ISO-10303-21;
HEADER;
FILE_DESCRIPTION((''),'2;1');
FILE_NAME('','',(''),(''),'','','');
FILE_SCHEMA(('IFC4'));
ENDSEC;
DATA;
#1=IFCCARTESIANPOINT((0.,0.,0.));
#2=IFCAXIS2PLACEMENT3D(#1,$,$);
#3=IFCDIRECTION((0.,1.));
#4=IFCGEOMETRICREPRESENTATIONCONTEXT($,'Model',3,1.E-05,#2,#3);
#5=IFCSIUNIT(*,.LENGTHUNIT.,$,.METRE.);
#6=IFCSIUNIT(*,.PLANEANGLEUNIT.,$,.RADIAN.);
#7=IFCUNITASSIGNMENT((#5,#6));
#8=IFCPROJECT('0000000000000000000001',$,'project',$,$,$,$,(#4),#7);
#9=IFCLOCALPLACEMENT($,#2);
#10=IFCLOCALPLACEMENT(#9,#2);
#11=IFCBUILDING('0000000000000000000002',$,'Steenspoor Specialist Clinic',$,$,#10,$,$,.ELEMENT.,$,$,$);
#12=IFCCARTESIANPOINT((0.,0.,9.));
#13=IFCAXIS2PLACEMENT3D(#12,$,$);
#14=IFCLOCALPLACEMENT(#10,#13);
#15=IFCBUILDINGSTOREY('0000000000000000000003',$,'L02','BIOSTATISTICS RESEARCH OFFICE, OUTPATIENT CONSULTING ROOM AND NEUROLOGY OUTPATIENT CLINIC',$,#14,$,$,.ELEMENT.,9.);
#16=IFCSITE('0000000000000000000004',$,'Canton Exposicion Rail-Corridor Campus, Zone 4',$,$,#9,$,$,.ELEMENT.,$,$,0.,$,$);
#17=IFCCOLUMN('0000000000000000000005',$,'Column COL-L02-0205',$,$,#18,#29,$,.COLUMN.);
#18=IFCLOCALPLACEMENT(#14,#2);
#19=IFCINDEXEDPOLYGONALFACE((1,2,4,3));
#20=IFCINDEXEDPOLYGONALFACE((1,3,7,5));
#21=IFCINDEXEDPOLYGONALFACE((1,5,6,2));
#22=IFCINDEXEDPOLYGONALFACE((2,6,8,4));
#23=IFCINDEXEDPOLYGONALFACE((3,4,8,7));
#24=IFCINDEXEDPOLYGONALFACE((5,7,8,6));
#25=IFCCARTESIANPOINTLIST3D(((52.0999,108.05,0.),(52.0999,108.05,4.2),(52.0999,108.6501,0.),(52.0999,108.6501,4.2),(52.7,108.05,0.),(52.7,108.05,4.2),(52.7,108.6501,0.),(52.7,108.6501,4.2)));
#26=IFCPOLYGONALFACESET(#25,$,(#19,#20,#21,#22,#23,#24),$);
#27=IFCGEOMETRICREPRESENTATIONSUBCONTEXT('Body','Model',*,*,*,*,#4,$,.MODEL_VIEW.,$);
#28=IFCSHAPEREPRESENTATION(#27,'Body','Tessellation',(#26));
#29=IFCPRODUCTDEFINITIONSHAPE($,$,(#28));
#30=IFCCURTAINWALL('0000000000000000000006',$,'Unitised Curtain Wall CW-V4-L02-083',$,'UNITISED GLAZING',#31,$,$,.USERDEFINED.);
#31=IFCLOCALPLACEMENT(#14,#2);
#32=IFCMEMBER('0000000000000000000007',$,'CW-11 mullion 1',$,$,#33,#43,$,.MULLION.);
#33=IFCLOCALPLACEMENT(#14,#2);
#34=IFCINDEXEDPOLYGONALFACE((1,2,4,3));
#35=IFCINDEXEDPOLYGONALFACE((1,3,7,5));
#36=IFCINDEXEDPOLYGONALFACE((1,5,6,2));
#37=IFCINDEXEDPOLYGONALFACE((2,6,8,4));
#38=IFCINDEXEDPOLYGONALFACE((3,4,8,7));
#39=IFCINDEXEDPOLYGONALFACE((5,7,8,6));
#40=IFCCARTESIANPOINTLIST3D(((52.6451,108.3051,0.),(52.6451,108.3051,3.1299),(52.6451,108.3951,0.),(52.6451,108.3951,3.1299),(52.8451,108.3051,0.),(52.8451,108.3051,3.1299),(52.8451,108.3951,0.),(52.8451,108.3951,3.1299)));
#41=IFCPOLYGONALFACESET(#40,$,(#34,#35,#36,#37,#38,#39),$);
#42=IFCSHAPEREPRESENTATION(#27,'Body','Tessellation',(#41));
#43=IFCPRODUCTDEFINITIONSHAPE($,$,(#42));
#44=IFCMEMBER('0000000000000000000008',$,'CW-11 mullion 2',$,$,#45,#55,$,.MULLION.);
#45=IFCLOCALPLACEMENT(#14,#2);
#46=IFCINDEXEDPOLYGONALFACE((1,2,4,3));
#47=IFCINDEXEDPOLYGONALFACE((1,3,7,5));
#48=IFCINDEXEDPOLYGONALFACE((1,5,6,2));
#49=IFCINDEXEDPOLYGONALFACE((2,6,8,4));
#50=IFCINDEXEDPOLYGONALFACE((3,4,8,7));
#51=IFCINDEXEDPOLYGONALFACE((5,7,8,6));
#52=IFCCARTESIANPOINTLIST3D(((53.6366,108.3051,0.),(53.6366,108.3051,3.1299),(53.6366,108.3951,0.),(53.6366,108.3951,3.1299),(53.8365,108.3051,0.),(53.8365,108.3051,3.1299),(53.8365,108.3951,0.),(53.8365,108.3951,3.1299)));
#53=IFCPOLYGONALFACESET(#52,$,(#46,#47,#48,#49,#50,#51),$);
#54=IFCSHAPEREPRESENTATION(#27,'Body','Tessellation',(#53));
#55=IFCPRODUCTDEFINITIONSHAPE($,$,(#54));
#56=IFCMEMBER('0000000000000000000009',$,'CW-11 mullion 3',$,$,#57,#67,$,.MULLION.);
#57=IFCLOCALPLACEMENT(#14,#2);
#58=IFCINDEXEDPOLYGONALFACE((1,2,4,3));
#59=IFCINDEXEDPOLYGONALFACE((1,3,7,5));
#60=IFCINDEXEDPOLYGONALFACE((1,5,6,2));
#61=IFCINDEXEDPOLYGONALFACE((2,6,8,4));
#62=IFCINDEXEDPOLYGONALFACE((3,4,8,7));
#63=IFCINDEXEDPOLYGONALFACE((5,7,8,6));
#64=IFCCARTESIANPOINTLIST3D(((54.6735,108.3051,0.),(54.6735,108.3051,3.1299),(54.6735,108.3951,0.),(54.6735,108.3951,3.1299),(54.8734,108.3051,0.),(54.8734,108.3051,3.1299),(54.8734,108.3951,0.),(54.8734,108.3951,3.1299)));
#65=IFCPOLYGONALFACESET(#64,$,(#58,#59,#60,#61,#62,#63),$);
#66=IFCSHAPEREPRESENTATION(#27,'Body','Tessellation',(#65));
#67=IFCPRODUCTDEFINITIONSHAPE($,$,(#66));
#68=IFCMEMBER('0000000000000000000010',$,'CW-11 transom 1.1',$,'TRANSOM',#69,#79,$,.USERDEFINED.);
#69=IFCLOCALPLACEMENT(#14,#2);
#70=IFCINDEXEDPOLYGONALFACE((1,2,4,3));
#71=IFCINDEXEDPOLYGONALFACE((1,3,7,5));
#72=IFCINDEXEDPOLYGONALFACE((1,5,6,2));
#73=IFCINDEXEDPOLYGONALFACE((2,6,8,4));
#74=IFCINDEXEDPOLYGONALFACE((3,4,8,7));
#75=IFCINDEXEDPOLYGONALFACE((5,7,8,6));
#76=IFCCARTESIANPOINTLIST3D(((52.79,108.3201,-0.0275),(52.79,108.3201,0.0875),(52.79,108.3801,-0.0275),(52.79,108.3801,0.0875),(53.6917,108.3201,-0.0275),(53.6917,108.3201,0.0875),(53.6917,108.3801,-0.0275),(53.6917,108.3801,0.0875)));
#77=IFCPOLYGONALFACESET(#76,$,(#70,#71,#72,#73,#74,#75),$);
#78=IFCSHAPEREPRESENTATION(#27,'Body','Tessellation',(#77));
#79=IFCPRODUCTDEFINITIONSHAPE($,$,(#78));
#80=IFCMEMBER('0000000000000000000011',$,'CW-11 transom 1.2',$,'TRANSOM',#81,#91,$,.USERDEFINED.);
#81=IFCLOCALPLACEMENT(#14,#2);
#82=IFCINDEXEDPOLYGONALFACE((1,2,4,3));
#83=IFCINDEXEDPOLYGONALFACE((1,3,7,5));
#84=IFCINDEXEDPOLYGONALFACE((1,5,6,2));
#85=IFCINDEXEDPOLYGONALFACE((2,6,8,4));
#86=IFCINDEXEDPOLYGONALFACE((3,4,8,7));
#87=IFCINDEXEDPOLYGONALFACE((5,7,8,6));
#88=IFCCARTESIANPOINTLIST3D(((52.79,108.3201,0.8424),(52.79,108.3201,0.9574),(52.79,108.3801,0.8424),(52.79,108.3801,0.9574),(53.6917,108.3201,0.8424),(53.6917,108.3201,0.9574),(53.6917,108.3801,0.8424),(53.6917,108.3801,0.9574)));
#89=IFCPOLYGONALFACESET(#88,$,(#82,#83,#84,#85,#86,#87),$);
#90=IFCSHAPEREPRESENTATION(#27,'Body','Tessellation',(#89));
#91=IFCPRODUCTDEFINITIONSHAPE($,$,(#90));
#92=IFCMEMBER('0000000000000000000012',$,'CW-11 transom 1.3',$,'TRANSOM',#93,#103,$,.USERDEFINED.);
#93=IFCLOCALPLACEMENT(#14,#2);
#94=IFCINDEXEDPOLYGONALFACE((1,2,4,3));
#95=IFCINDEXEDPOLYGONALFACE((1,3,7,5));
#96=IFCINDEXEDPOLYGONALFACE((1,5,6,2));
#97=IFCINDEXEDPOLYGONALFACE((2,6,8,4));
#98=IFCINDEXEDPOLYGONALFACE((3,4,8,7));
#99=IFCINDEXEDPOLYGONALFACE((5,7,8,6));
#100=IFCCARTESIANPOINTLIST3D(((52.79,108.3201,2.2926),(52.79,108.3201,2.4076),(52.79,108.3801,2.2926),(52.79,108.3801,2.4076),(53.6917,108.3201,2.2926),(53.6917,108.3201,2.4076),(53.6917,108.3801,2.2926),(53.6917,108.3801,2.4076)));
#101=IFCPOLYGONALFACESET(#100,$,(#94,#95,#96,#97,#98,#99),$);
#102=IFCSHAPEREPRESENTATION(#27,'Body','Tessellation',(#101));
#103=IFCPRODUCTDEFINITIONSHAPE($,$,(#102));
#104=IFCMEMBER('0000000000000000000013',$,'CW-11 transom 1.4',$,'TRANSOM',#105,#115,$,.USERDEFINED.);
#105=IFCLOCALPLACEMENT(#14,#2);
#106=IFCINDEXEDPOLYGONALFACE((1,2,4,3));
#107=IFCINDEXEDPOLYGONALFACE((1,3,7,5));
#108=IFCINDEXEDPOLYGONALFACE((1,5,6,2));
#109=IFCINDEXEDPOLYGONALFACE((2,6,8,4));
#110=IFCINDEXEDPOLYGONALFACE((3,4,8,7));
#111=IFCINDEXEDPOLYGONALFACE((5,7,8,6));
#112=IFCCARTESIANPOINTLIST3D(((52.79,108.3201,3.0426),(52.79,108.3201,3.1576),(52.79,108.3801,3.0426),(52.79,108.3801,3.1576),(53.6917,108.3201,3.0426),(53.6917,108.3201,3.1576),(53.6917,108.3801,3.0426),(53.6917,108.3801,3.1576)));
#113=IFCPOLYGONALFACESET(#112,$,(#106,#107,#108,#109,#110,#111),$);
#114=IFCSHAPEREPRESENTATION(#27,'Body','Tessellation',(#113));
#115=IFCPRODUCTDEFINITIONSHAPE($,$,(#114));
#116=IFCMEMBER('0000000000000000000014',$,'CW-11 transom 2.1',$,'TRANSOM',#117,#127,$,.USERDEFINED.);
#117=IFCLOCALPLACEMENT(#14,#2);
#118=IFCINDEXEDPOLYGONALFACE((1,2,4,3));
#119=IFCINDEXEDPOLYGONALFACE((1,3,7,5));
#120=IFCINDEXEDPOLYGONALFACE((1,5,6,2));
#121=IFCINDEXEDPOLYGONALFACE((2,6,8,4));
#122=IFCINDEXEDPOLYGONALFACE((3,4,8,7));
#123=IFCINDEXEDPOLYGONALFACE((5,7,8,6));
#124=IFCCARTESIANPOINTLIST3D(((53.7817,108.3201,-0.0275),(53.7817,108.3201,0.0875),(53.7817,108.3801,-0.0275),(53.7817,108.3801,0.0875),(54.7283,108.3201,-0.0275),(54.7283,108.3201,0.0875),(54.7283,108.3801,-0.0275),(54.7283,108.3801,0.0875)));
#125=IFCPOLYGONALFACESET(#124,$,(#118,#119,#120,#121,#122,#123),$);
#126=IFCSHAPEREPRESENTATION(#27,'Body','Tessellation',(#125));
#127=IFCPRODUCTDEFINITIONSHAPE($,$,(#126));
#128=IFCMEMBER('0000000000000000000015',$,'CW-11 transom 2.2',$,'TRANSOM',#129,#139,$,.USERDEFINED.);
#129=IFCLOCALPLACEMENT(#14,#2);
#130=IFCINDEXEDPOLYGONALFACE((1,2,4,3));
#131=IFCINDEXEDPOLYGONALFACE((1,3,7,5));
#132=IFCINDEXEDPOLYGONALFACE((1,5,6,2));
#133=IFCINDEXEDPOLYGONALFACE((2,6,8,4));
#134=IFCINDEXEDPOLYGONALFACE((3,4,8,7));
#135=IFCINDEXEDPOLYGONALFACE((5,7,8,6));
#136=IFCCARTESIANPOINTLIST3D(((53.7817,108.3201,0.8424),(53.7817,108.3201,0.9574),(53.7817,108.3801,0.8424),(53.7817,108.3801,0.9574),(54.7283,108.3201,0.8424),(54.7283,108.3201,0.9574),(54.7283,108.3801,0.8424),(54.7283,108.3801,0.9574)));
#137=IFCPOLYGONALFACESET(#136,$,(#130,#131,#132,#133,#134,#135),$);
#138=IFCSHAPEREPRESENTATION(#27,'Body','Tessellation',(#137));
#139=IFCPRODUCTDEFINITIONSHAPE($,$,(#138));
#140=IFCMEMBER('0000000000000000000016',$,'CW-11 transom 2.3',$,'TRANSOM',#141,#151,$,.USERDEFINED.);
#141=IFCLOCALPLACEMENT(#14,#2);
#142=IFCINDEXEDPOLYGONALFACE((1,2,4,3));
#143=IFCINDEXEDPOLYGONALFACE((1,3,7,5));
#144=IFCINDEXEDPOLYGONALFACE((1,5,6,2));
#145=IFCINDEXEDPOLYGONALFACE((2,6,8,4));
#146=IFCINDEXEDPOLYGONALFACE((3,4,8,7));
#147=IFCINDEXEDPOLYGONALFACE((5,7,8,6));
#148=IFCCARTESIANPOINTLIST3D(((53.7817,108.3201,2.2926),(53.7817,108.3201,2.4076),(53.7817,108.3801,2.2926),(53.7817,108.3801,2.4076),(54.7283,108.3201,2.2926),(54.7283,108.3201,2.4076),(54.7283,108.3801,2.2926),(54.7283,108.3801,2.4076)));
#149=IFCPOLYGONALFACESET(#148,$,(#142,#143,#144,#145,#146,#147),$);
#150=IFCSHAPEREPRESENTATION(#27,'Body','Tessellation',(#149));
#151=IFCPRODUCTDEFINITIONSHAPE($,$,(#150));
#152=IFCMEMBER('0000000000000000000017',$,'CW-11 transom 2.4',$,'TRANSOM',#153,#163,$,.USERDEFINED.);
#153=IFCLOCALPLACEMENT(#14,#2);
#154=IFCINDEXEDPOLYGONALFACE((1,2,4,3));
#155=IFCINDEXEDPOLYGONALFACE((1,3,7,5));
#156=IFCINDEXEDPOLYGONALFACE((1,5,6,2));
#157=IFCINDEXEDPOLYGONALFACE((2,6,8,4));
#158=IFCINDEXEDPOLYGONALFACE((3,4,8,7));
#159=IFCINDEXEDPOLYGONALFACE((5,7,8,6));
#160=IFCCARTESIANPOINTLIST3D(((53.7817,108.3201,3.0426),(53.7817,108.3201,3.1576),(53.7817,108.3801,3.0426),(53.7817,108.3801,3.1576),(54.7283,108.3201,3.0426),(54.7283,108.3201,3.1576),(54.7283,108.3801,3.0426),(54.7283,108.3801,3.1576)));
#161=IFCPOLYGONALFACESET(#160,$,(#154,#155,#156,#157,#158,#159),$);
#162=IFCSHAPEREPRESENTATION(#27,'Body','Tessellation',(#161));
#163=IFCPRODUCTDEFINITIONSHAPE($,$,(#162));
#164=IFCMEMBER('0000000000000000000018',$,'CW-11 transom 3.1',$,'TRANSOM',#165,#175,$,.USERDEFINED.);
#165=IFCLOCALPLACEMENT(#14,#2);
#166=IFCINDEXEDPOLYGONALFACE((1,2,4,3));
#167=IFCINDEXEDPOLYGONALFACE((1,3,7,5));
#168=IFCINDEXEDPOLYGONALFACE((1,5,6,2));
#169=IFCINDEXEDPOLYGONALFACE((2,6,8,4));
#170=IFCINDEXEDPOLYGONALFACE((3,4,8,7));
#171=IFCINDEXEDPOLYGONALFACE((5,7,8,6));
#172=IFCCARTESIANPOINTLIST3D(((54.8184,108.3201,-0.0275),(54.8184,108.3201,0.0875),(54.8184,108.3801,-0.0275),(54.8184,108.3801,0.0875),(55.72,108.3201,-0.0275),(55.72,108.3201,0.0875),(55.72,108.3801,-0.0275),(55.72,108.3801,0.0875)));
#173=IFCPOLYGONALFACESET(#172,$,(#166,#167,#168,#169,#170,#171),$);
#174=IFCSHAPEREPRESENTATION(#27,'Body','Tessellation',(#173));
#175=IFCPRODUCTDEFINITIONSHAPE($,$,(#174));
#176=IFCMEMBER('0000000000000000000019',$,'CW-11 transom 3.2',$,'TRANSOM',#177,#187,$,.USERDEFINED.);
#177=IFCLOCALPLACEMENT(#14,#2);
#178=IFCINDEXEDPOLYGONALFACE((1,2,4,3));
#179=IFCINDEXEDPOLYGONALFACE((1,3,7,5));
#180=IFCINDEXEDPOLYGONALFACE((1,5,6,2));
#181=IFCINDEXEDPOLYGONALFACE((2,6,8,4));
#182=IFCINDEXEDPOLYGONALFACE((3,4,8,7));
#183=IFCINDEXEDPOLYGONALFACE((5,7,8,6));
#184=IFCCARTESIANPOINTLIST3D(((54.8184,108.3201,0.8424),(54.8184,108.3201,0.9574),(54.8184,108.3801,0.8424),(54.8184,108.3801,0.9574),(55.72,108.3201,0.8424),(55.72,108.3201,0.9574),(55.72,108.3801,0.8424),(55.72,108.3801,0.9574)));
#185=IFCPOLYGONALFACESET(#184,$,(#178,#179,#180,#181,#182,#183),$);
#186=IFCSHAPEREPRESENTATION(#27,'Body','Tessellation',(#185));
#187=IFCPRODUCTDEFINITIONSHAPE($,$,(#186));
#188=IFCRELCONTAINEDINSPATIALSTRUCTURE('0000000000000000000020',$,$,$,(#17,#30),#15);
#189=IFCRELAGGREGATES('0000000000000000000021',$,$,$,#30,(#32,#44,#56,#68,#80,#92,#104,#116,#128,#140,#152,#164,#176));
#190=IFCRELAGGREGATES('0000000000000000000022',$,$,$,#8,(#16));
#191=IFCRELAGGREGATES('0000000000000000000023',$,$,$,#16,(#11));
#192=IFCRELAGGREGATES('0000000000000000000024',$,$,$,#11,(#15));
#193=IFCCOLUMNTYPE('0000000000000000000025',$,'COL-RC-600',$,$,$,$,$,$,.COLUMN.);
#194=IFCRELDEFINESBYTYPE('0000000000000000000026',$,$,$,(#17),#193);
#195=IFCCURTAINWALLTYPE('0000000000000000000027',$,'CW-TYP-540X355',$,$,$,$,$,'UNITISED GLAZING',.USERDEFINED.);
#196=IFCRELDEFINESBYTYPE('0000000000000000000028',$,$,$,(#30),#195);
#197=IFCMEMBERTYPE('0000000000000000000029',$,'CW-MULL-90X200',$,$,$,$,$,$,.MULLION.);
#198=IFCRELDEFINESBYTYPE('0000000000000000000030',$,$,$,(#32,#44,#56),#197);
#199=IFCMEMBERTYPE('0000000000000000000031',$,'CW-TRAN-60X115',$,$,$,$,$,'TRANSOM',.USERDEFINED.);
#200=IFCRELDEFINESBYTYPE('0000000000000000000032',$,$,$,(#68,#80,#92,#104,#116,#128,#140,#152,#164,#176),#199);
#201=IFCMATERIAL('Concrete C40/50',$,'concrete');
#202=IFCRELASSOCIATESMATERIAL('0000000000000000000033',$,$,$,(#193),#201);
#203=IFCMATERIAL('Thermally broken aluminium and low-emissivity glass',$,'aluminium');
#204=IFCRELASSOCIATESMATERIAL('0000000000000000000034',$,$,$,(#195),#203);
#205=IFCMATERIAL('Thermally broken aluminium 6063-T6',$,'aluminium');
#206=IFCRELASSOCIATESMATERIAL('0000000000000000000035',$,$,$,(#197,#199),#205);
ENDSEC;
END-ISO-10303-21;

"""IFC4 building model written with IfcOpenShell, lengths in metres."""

from ifc_helpers import new_model, si_unit, direction, frame, origin, origin_2d, place, context, subcontext, project, spatial, rectangle, extrude, material, material_profile, profile_set, type_object, element, aggregate, save


model = new_model("IFC4")

# Units and contexts
model_context = context("Model", 3, precision=1e-05, world=origin(), true_north=direction((0.0, 1.0)))
body_context = subcontext(model_context, "Body", "Model", "MODEL_VIEW")
ifc_project = project(units=[si_unit("LENGTHUNIT", "METRE"), si_unit("PLANEANGLEUNIT", "RADIAN")], contexts=[model_context])

# Site, building, storey
site_placement = place(None, origin())
site = spatial("IfcSite", under=ifc_project, at=site_placement, Name="Canton Exposicion Rail-Corridor Campus, Zone 4", CompositionType="ELEMENT", RefElevation=0.0)
building_placement = place(site_placement, origin())
building = spatial("IfcBuilding", under=site, at=building_placement, Name="Steenspoor Specialist Clinic", CompositionType="ELEMENT")
storey_placement = place(building_placement, frame((0.0, 0.0, 9.0)))
storey = spatial("IfcBuildingStorey", under=building, at=storey_placement, Name="L02", Description="BIOSTATISTICS RESEARCH OFFICE, OUTPATIENT CONSULTING ROOM AND NEUROLOGY OUTPATIENT CLINIC", CompositionType="ELEMENT", Elevation=9.0)

# Column
ifc_material_1 = material(Name="Concrete C40/50", Category="concrete")
ifc_material_profile_1 = material_profile(ifc_material_1, rectangle(XDim=0.6001, YDim=0.6001, at=origin_2d()), Name="RC-COL-600X600")
ifc_profile_set_1 = profile_set([ifc_material_profile_1], Name="Concrete C40/50")
column_type = type_object("IfcColumnType", Name="COL-RC-600", PredefinedType="COLUMN", material=ifc_profile_set_1)
column_placement = place(storey_placement, frame((52.3999, 108.3501, 0.0), z_axis=(0.0, 0.0, 1.0), x_axis=(1.0, 0.0, 0.0)))
element("IfcColumn", 1, at=column_placement, inside=storey, type_object=column_type, Name="Column COL-L02-0205", PredefinedType="COLUMN", context=body_context, shape_type="SweptSolid", body=[
    extrude(rectangle(XDim=0.6001, YDim=0.6001, at=origin_2d()), origin(), (0.0, 0.0, 1.0), 4.2),
])

# Curtain wall, members
ifc_material_2 = material(Name="Thermally broken aluminium and low-emissivity glass", Category="aluminium")
curtain_wall_type = type_object("IfcCurtainWallType", Name="CW-TYP-540X355", ElementType="UNITISED GLAZING", PredefinedType="USERDEFINED", material=ifc_material_2)
curtain_wall_placement = place(storey_placement, origin())
curtain_wall = element("IfcCurtainWall", 2, at=curtain_wall_placement, inside=storey, type_object=curtain_wall_type, Name="Unitised Curtain Wall CW-V4-L02-083", ObjectType="UNITISED GLAZING", PredefinedType="USERDEFINED")
ifc_material_3 = material(Name="Thermally broken aluminium 6063-T6", Category="aluminium")
ifc_material_profile_2 = material_profile(ifc_material_3, rectangle(XDim=0.0901, YDim=0.2, at=origin_2d()), Name="CWM-90X200")
ifc_profile_set_2 = profile_set([ifc_material_profile_2], Name="Thermally broken aluminium 6063-T6")
member_type_1 = type_object("IfcMemberType", Name="CW-MULL-90X200", PredefinedType="MULLION", material=ifc_profile_set_2)
member_1_placement = place(storey_placement, frame((52.7451, 108.3501, 0.0), z_axis=(0.0, 0.0, 1.0), x_axis=(0.0, 1.0, 0.0)))
member_1 = element("IfcMember", 3, at=member_1_placement, type_object=member_type_1, Name="CW-11 mullion 1", PredefinedType="MULLION", context=body_context, shape_type="SweptSolid", body=[
    extrude(rectangle(XDim=0.0901, YDim=0.2, at=origin_2d()), origin(), (0.0, 0.0, 1.0), 3.1299),
])
member_2_placement = place(storey_placement, frame((53.7366, 108.3501, 0.0), z_axis=(0.0, 0.0, 1.0), x_axis=(0.0, 1.0, 0.0)))
member_2 = element("IfcMember", 4, at=member_2_placement, type_object=member_type_1, Name="CW-11 mullion 2", PredefinedType="MULLION", context=body_context, shape_type="SweptSolid", body=[
    extrude(rectangle(XDim=0.0901, YDim=0.2, at=origin_2d()), origin(), (0.0, 0.0, 1.0), 3.1299),
])
member_3_placement = place(storey_placement, frame((54.7734, 108.3501, 0.0), z_axis=(0.0, 0.0, 1.0), x_axis=(0.0, 1.0, 0.0)))
member_3 = element("IfcMember", 5, at=member_3_placement, type_object=member_type_1, Name="CW-11 mullion 3", PredefinedType="MULLION", context=body_context, shape_type="SweptSolid", body=[
    extrude(rectangle(XDim=0.0901, YDim=0.2, at=origin_2d()), origin(), (0.0, 0.0, 1.0), 3.1299),
])
ifc_material_profile_3 = material_profile(ifc_material_3, rectangle(XDim=0.0601, YDim=0.115, at=origin_2d()), Name="CWT-60X115")
ifc_profile_set_3 = profile_set([ifc_material_profile_3], Name="Thermally broken aluminium 6063-T6")
member_type_2 = type_object("IfcMemberType", Name="CW-TRAN-60X115", ElementType="TRANSOM", PredefinedType="USERDEFINED", material=ifc_profile_set_3)
member_4_placement = place(storey_placement, frame((52.79, 108.3501, 0.03), z_axis=(1.0, 0.0, 0.0), x_axis=(0.0, 1.0, 0.0)))
member_4 = element("IfcMember", 6, at=member_4_placement, type_object=member_type_2, Name="CW-11 transom 1.1", ObjectType="TRANSOM", PredefinedType="USERDEFINED", context=body_context, shape_type="SweptSolid", body=[
    extrude(rectangle(XDim=0.0601, YDim=0.115, at=origin_2d()), origin(), (0.0, 0.0, 1.0), 0.9016),
])
member_5_placement = place(storey_placement, frame((52.79, 108.3501, 0.8999), z_axis=(1.0, 0.0, 0.0), x_axis=(0.0, 1.0, 0.0)))
member_5 = element("IfcMember", 7, at=member_5_placement, type_object=member_type_2, Name="CW-11 transom 1.2", ObjectType="TRANSOM", PredefinedType="USERDEFINED", context=body_context, shape_type="SweptSolid", body=[
    extrude(rectangle(XDim=0.0601, YDim=0.115, at=origin_2d()), origin(), (0.0, 0.0, 1.0), 0.9016),
])
member_6_placement = place(storey_placement, frame((52.79, 108.3501, 2.3501), z_axis=(1.0, 0.0, 0.0), x_axis=(0.0, 1.0, 0.0)))
member_6 = element("IfcMember", 8, at=member_6_placement, type_object=member_type_2, Name="CW-11 transom 1.3", ObjectType="TRANSOM", PredefinedType="USERDEFINED", context=body_context, shape_type="SweptSolid", body=[
    extrude(rectangle(XDim=0.0601, YDim=0.115, at=origin_2d()), origin(), (0.0, 0.0, 1.0), 0.9016),
])
member_7_placement = place(storey_placement, frame((52.79, 108.3501, 3.1001), z_axis=(1.0, 0.0, 0.0), x_axis=(0.0, 1.0, 0.0)))
member_7 = element("IfcMember", 9, at=member_7_placement, type_object=member_type_2, Name="CW-11 transom 1.4", ObjectType="TRANSOM", PredefinedType="USERDEFINED", context=body_context, shape_type="SweptSolid", body=[
    extrude(rectangle(XDim=0.0601, YDim=0.115, at=origin_2d()), origin(), (0.0, 0.0, 1.0), 0.9016),
])
member_8_placement = place(storey_placement, frame((53.7817, 108.3501, 0.03), z_axis=(1.0, 0.0, 0.0), x_axis=(0.0, 1.0, 0.0)))
member_8 = element("IfcMember", 10, at=member_8_placement, type_object=member_type_2, Name="CW-11 transom 2.1", ObjectType="TRANSOM", PredefinedType="USERDEFINED", context=body_context, shape_type="SweptSolid", body=[
    extrude(rectangle(XDim=0.0601, YDim=0.115, at=origin_2d()), origin(), (0.0, 0.0, 1.0), 0.9465),
])
member_9_placement = place(storey_placement, frame((53.7817, 108.3501, 0.8999), z_axis=(1.0, 0.0, 0.0), x_axis=(0.0, 1.0, 0.0)))
member_9 = element("IfcMember", 11, at=member_9_placement, type_object=member_type_2, Name="CW-11 transom 2.2", ObjectType="TRANSOM", PredefinedType="USERDEFINED", context=body_context, shape_type="SweptSolid", body=[
    extrude(rectangle(XDim=0.0601, YDim=0.115, at=origin_2d()), origin(), (0.0, 0.0, 1.0), 0.9465),
])
member_10_placement = place(storey_placement, frame((53.7817, 108.3501, 2.3501), z_axis=(1.0, 0.0, 0.0), x_axis=(0.0, 1.0, 0.0)))
member_10 = element("IfcMember", 12, at=member_10_placement, type_object=member_type_2, Name="CW-11 transom 2.3", ObjectType="TRANSOM", PredefinedType="USERDEFINED", context=body_context, shape_type="SweptSolid", body=[
    extrude(rectangle(XDim=0.0601, YDim=0.115, at=origin_2d()), origin(), (0.0, 0.0, 1.0), 0.9465),
])
member_11_placement = place(storey_placement, frame((53.7817, 108.3501, 3.1001), z_axis=(1.0, 0.0, 0.0), x_axis=(0.0, 1.0, 0.0)))
member_11 = element("IfcMember", 13, at=member_11_placement, type_object=member_type_2, Name="CW-11 transom 2.4", ObjectType="TRANSOM", PredefinedType="USERDEFINED", context=body_context, shape_type="SweptSolid", body=[
    extrude(rectangle(XDim=0.0601, YDim=0.115, at=origin_2d()), origin(), (0.0, 0.0, 1.0), 0.9465),
])
member_12_placement = place(storey_placement, frame((54.8184, 108.3501, 0.03), z_axis=(1.0, 0.0, 0.0), x_axis=(0.0, 1.0, 0.0)))
member_12 = element("IfcMember", 14, at=member_12_placement, type_object=member_type_2, Name="CW-11 transom 3.1", ObjectType="TRANSOM", PredefinedType="USERDEFINED", context=body_context, shape_type="SweptSolid", body=[
    extrude(rectangle(XDim=0.0601, YDim=0.115, at=origin_2d()), origin(), (0.0, 0.0, 1.0), 0.9016),
])
member_13_placement = place(storey_placement, frame((54.8184, 108.3501, 0.8999), z_axis=(1.0, 0.0, 0.0), x_axis=(0.0, 1.0, 0.0)))
member_13 = element("IfcMember", 15, at=member_13_placement, type_object=member_type_2, Name="CW-11 transom 3.2", ObjectType="TRANSOM", PredefinedType="USERDEFINED", context=body_context, shape_type="SweptSolid", body=[
    extrude(rectangle(XDim=0.0601, YDim=0.115, at=origin_2d()), origin(), (0.0, 0.0, 1.0), 0.9016),
])

aggregate(curtain_wall, [member_1, member_2, member_3, member_4, member_5, member_6, member_7, member_8, member_9, member_10, member_11, member_12, member_13])

save(model, "model.ifc")
